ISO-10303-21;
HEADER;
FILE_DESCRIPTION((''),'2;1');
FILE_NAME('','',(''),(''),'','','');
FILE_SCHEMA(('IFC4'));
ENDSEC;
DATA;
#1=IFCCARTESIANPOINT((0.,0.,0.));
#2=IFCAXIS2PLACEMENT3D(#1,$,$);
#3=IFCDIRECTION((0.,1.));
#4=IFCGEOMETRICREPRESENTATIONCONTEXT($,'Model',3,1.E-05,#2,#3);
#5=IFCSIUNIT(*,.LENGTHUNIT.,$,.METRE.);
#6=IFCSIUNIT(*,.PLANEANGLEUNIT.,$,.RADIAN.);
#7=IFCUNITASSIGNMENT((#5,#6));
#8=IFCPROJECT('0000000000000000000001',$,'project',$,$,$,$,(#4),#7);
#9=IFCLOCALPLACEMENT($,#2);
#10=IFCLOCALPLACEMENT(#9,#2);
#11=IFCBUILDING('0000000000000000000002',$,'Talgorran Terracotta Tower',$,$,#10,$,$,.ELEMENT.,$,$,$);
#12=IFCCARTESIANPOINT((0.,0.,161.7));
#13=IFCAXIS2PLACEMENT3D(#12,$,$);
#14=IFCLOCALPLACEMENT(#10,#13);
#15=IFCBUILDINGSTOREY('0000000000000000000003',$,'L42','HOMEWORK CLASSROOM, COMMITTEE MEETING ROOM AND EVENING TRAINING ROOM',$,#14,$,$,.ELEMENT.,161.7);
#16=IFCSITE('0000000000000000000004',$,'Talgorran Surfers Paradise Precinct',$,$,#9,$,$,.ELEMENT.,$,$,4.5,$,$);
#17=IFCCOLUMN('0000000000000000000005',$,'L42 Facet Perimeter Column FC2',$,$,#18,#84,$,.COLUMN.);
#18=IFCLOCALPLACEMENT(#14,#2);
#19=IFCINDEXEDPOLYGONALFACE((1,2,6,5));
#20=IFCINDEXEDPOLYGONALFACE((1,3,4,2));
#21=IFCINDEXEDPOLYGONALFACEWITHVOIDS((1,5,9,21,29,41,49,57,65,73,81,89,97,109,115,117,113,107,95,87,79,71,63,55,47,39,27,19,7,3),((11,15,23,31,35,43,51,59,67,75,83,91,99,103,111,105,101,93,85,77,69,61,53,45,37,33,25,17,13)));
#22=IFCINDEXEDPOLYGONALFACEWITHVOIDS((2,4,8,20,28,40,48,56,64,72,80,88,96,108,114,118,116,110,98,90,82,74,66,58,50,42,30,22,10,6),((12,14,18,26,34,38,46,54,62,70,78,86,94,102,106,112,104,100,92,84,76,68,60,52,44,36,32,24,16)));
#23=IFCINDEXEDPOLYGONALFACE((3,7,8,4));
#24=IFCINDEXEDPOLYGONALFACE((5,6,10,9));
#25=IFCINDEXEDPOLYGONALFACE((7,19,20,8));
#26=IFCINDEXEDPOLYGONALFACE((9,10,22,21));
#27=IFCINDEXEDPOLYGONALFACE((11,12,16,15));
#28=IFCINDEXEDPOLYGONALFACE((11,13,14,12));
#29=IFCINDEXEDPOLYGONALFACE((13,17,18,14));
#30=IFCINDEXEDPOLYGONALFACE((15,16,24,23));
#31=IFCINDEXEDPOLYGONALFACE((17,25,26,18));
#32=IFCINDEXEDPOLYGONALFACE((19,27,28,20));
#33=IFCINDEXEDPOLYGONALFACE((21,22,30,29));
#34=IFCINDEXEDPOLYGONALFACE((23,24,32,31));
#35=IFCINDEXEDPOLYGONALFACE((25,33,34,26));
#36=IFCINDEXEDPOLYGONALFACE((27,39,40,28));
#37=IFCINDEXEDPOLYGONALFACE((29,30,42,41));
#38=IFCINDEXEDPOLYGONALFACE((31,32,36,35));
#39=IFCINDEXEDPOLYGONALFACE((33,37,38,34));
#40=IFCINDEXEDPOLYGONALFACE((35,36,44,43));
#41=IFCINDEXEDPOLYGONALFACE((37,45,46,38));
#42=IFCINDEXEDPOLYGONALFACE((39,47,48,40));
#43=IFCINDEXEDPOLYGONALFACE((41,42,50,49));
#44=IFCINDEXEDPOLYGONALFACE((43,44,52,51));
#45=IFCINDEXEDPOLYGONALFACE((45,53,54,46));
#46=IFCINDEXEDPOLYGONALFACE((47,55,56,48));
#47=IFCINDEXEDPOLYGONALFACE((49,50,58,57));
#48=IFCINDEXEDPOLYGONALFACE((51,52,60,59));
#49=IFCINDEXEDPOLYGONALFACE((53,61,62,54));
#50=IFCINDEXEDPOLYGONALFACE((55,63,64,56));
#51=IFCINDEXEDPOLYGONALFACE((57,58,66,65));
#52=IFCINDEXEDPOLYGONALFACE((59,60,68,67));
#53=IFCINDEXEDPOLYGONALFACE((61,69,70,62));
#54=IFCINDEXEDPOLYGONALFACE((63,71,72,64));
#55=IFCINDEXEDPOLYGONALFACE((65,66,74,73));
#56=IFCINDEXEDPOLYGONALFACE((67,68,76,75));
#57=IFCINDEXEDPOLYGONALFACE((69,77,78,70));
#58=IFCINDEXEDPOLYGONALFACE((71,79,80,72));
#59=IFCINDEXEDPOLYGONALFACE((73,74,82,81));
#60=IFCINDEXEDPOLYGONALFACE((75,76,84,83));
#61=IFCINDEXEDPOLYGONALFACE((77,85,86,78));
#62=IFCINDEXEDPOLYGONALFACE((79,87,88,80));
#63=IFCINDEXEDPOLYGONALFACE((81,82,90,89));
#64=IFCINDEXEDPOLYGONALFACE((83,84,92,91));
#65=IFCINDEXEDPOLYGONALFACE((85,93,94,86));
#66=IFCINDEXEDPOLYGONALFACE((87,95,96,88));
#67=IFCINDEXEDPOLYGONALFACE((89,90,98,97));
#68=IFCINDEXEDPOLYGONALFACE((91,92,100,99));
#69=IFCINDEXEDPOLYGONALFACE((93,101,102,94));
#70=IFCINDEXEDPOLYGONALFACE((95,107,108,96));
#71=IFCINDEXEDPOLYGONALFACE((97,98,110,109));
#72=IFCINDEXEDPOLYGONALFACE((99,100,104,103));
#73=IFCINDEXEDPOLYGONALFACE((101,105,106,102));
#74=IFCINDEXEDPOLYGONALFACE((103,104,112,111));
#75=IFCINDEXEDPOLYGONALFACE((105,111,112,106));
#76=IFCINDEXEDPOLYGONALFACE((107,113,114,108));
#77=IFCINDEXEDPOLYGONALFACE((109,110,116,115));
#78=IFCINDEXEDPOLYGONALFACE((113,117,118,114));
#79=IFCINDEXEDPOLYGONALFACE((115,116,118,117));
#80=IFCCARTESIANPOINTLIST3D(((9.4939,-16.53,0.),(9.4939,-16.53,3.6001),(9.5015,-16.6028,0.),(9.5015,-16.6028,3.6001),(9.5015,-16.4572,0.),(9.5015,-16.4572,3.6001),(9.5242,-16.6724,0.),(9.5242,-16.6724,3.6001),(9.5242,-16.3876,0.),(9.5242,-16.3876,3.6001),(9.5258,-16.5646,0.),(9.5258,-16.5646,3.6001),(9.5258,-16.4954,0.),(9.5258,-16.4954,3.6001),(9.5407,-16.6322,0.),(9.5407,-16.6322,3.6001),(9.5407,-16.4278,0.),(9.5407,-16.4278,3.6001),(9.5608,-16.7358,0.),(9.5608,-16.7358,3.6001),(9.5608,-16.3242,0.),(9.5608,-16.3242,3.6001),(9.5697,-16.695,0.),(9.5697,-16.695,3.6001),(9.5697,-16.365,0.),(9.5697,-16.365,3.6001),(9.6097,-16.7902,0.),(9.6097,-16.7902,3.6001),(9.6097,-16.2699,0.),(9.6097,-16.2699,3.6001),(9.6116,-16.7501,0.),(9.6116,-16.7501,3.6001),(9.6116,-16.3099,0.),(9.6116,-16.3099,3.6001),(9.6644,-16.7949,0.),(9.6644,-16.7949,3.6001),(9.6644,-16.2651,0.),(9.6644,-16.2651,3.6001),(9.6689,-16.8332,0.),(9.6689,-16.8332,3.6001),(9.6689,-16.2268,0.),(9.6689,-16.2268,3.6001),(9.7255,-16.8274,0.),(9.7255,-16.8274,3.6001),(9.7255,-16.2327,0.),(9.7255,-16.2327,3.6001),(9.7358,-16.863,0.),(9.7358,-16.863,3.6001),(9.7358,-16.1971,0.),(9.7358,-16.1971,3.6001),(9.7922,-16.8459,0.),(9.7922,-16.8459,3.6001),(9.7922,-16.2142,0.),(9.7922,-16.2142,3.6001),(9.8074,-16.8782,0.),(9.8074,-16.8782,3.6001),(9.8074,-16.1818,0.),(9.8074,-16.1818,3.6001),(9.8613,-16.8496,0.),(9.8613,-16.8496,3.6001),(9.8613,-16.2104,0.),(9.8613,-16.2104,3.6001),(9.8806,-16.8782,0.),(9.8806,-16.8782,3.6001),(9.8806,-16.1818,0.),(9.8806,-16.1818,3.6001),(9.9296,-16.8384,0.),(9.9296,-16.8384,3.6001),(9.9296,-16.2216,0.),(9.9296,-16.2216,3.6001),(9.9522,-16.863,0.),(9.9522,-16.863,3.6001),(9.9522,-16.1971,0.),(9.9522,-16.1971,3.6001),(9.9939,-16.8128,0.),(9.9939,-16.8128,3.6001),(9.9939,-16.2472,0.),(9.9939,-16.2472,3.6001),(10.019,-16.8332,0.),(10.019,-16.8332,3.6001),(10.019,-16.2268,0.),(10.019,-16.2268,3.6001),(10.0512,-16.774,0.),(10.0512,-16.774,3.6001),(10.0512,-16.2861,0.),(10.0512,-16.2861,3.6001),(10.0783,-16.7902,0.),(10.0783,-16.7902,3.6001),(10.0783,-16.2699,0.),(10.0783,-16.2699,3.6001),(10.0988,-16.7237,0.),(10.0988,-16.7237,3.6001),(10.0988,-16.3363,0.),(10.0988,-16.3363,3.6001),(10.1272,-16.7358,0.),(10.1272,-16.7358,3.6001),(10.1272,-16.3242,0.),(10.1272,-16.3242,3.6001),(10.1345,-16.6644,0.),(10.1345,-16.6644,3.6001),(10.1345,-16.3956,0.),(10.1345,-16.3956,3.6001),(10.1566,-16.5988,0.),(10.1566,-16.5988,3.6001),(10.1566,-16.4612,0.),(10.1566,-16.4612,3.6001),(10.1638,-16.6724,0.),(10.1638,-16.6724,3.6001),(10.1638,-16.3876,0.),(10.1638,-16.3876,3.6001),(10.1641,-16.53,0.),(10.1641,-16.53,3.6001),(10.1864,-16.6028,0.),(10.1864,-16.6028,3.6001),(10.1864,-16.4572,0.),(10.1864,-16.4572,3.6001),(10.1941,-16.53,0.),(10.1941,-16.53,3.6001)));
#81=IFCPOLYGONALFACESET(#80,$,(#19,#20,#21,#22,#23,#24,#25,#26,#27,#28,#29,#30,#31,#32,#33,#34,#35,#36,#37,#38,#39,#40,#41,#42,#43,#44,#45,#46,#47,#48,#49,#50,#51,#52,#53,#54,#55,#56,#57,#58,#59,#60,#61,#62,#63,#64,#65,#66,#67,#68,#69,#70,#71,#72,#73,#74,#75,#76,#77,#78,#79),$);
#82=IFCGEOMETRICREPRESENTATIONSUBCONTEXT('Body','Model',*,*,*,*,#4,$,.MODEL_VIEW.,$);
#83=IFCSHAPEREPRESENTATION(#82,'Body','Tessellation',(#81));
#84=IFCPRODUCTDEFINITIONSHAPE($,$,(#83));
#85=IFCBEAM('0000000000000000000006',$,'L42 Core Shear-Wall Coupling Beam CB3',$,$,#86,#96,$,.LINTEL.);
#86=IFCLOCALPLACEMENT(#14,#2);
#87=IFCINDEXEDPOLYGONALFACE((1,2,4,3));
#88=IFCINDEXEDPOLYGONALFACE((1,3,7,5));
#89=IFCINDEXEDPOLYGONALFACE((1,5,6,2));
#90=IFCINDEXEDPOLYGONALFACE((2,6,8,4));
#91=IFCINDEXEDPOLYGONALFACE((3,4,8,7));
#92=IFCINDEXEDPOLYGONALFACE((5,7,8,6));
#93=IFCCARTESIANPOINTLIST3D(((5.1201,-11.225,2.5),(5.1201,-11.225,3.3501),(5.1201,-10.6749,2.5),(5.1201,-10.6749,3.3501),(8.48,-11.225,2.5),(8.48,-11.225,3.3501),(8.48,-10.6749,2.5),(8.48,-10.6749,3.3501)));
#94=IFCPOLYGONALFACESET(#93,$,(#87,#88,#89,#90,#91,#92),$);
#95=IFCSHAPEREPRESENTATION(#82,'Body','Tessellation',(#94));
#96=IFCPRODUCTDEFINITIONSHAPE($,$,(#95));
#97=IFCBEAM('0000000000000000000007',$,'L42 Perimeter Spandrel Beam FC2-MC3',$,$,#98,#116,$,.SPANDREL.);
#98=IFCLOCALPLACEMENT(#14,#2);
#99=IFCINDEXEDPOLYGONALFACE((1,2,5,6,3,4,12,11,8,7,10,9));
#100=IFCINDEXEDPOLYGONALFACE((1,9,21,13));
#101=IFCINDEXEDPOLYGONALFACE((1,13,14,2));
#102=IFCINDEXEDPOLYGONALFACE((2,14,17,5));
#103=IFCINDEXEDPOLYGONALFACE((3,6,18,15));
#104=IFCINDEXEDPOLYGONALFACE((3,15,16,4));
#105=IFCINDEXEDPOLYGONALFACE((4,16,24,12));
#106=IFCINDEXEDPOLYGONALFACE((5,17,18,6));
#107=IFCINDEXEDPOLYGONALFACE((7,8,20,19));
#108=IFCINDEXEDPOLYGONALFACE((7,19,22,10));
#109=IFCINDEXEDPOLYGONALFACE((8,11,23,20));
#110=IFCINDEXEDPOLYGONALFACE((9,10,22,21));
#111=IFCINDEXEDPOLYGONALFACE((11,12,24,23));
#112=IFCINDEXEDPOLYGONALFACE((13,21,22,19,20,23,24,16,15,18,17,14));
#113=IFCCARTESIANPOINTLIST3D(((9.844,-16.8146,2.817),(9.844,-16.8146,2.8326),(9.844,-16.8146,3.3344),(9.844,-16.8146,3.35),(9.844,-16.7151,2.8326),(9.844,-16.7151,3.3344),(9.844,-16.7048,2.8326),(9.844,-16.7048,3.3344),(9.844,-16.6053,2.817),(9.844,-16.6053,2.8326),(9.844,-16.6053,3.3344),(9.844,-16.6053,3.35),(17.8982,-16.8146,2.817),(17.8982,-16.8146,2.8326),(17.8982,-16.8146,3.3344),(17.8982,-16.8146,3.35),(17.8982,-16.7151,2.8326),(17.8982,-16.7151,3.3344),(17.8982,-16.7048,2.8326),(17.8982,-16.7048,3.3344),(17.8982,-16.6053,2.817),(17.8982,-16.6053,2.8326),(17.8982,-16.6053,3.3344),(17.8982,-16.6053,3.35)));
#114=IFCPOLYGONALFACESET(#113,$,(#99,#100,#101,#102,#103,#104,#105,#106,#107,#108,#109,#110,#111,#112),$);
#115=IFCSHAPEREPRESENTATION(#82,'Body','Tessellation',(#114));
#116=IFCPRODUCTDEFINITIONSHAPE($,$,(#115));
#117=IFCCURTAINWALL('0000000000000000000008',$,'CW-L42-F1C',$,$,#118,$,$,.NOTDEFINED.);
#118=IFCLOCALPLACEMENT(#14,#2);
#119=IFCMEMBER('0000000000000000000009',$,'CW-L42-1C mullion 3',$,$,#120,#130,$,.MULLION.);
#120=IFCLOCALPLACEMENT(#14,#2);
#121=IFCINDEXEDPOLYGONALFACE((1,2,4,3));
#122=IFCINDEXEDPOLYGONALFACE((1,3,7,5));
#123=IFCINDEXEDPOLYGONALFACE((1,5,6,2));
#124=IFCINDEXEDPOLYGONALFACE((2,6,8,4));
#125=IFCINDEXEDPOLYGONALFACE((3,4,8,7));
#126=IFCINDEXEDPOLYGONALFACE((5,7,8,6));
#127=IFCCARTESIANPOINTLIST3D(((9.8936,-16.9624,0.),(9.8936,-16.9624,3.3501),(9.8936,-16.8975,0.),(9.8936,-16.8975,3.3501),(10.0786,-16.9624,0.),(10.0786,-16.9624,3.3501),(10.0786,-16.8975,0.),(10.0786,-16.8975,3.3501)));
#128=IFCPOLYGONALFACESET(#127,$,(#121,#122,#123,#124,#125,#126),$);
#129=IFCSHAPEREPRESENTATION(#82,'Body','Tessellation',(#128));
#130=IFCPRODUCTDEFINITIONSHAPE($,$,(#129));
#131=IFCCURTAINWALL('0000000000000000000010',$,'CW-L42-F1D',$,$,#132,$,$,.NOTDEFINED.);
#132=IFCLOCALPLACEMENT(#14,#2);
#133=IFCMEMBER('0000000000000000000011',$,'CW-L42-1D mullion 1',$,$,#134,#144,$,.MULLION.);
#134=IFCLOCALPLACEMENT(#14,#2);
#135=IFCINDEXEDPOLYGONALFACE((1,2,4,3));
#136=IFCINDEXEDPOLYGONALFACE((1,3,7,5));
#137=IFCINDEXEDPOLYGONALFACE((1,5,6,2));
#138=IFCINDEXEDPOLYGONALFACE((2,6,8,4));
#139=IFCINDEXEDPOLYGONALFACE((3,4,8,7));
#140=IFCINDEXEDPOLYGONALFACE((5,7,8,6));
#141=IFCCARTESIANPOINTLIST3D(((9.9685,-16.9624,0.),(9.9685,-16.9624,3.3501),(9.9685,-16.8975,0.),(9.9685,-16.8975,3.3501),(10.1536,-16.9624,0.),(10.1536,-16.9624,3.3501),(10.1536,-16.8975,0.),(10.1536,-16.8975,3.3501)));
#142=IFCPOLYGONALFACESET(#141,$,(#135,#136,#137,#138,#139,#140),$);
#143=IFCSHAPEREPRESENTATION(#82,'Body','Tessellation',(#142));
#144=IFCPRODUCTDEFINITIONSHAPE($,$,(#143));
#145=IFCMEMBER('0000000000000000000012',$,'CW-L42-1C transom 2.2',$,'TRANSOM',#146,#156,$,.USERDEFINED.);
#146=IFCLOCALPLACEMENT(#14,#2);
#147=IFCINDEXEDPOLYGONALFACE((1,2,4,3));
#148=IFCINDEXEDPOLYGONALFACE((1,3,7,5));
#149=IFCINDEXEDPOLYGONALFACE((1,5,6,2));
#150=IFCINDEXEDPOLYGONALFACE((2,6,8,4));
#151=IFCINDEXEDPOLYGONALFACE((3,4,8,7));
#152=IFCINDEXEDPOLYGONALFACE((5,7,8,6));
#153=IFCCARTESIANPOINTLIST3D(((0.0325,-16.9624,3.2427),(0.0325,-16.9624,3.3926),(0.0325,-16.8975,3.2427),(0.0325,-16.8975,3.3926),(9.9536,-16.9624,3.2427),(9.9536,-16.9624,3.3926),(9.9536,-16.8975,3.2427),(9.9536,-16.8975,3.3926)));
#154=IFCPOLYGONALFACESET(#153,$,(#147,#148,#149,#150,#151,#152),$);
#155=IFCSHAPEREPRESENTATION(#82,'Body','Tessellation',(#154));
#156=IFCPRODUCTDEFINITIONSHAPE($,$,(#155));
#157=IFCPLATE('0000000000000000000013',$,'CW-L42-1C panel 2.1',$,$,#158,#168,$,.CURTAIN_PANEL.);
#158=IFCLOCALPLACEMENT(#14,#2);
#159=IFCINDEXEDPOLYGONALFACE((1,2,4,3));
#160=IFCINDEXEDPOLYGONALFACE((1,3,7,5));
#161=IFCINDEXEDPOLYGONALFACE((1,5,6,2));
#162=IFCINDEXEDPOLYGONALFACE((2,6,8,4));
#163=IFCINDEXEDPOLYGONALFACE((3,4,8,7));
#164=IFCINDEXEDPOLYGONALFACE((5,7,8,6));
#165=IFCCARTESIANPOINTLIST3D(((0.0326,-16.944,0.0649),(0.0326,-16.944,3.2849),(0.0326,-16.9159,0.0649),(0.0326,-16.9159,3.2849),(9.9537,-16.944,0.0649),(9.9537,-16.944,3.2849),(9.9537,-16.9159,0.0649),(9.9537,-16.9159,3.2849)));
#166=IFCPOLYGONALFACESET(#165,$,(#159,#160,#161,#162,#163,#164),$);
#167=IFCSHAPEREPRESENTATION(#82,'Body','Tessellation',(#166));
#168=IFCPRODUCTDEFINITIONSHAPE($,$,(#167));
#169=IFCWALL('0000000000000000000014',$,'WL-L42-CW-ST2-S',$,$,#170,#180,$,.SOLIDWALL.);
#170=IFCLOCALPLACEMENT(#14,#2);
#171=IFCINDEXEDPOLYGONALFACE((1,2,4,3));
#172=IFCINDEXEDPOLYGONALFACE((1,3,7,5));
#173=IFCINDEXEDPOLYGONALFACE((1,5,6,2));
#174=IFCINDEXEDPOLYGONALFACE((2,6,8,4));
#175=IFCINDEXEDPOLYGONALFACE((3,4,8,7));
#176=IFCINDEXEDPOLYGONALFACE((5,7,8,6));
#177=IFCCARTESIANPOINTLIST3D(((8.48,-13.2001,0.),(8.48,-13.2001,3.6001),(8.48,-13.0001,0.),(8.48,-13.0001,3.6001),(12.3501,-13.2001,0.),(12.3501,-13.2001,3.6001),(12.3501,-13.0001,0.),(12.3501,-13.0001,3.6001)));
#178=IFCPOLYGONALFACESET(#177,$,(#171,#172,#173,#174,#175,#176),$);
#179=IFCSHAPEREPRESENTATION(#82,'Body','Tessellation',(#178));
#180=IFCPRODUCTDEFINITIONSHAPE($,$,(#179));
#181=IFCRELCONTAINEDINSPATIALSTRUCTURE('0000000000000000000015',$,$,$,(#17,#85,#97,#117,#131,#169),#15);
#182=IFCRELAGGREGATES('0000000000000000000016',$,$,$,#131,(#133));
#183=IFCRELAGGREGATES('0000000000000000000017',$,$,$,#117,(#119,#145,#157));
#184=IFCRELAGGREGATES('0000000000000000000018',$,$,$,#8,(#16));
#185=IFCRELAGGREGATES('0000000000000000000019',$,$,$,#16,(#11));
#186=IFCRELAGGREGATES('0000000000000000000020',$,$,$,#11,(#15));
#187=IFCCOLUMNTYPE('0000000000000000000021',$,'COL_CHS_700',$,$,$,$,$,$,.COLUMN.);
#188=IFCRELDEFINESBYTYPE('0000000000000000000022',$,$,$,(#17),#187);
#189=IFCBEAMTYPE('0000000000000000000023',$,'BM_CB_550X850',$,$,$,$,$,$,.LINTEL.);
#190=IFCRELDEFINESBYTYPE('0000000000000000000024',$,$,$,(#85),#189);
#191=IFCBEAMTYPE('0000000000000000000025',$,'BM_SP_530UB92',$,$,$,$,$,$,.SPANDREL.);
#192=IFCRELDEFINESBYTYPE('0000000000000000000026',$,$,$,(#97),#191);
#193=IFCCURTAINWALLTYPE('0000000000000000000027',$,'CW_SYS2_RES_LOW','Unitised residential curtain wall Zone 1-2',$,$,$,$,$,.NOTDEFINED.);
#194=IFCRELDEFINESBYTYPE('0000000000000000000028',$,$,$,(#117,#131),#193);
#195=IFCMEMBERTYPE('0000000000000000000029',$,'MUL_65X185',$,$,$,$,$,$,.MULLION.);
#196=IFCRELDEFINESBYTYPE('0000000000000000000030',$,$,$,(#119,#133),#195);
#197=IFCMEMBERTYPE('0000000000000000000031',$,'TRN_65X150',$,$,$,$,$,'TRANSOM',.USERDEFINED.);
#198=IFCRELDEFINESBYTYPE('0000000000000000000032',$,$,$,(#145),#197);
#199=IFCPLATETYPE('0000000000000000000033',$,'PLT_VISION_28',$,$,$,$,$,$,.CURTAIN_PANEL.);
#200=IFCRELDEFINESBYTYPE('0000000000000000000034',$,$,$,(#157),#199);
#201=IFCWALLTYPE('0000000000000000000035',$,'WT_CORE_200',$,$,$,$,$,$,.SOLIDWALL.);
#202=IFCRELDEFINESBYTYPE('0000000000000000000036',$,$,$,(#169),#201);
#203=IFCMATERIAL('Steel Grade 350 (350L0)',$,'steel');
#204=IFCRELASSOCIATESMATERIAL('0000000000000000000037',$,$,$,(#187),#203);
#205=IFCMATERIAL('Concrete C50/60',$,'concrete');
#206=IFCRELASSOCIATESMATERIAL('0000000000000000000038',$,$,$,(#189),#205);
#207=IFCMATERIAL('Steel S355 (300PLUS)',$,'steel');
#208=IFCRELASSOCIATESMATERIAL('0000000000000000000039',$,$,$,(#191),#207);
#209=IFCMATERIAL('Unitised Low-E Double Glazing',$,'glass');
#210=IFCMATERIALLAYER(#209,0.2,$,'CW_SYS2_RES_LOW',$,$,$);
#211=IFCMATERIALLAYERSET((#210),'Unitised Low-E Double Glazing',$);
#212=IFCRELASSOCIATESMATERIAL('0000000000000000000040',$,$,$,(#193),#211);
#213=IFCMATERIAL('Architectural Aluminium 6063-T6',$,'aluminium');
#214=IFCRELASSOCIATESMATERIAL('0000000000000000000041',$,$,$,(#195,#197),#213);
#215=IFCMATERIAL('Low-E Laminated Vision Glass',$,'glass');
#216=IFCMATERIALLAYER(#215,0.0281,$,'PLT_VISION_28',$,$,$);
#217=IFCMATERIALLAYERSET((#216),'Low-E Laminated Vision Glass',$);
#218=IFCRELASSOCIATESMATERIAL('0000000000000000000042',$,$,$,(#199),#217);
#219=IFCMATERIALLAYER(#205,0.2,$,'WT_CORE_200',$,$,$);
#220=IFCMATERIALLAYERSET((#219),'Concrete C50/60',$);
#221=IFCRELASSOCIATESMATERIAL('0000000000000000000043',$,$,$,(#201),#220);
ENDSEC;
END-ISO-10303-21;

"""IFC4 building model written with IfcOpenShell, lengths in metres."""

from ifc_helpers import new_model, si_unit, direction, frame, frame_2d, origin, origin_2d, place, context, subcontext, project, spatial, rectangle, hollow_circle, i_section, extrude, source, transform, mapped, material, layer, layer_set, material_profile, profile_set, type_object, type_shapes, element, aggregate, save


model = new_model("IFC4")

# Units and contexts
model_context = context("Model", 3, precision=1e-05, world=origin(), true_north=direction((0.0, 1.0)))
body_context = subcontext(model_context, "Body", "Model", "MODEL_VIEW")
ifc_project = project(units=[si_unit("LENGTHUNIT", "METRE"), si_unit("PLANEANGLEUNIT", "RADIAN")], contexts=[model_context])

# Site, building, storey
site_placement = place(None, origin())
site = spatial("IfcSite", under=ifc_project, at=site_placement, Name="Talgorran Surfers Paradise Precinct", CompositionType="ELEMENT", RefElevation=4.5)
building_placement = place(site_placement, origin())
building = spatial("IfcBuilding", under=site, at=building_placement, Name="Talgorran Terracotta Tower", CompositionType="ELEMENT")
storey_placement = place(building_placement, frame((0.0, 0.0, 161.7)))
storey = spatial("IfcBuildingStorey", under=building, at=storey_placement, Name="L42", Description="HOMEWORK CLASSROOM, COMMITTEE MEETING ROOM AND EVENING TRAINING ROOM", CompositionType="ELEMENT", Elevation=161.7)

# Column
ifc_material_1 = material(Name="Steel Grade 350 (350L0)", Category="steel")
ifc_material_profile_1 = material_profile(ifc_material_1, hollow_circle(Radius=0.3501, WallThickness=0.03, at=origin_2d()), Name="CHS700X30")
ifc_profile_set_1 = profile_set([ifc_material_profile_1], Name="Steel Grade 350 (350L0)")
column_type = type_object("IfcColumnType", Name="COL_CHS_700", PredefinedType="COLUMN", material=ifc_profile_set_1)
column_placement = place(storey_placement, frame((9.844, -16.53, 0.0), z_axis=(0.0, 0.0, 1.0), x_axis=(1.0, 0.0, 0.0)))
element("IfcColumn", 1, at=column_placement, inside=storey, type_object=column_type, Name="L42 Facet Perimeter Column FC2", PredefinedType="COLUMN", context=body_context, shape_type="SweptSolid", body=[
    extrude(hollow_circle(Radius=0.3501, WallThickness=0.03, at=origin_2d()), origin(), (0.0, 0.0, 1.0), 3.6001),
])

# Beams
ifc_material_2 = material(Name="Concrete C50/60", Category="concrete")
ifc_material_profile_2 = material_profile(ifc_material_2, rectangle(XDim=0.55, YDim=0.8501, at=origin_2d()), Name="RCCB550X850")
ifc_profile_set_2 = profile_set([ifc_material_profile_2], Name="Concrete C50/60")
beam_type_1 = type_object("IfcBeamType", Name="BM_CB_550X850", PredefinedType="LINTEL", material=ifc_profile_set_2)
beam_1_placement = place(storey_placement, frame((5.1201, -10.95, 2.925), z_axis=(1.0, 0.0, 0.0), x_axis=(0.0, 1.0, 0.0)))
element("IfcBeam", 2, at=beam_1_placement, inside=storey, type_object=beam_type_1, Name="L42 Core Shear-Wall Coupling Beam CB3", PredefinedType="LINTEL", context=body_context, shape_type="SweptSolid", body=[
    extrude(rectangle(XDim=0.55, YDim=0.8501, at=origin_2d()), origin(), (0.0, 0.0, 1.0), 3.3599),
])
ifc_material_3 = material(Name="Steel S355 (300PLUS)", Category="steel")
ifc_material_profile_3 = material_profile(ifc_material_3, i_section(OverallWidth=0.2092, OverallDepth=0.533, WebThickness=0.0103, FlangeThickness=0.0156, at=origin_2d()), Name="530UB92.4")
ifc_profile_set_3 = profile_set([ifc_material_profile_3], Name="Steel S355 (300PLUS)")
beam_type_2 = type_object("IfcBeamType", Name="BM_SP_530UB92", PredefinedType="SPANDREL", material=ifc_profile_set_3)
beam_2_placement = place(storey_placement, frame((9.844, -16.71, 3.0835), z_axis=(1.0, 0.0, 0.0), x_axis=(0.0, 1.0, 0.0)))
element("IfcBeam", 3, at=beam_2_placement, inside=storey, type_object=beam_type_2, Name="L42 Perimeter Spandrel Beam FC2-MC3", PredefinedType="SPANDREL", context=body_context, shape_type="SweptSolid", body=[
    extrude(i_section(OverallWidth=0.2092, OverallDepth=0.533, WebThickness=0.0103, FlangeThickness=0.0156, at=origin_2d()), origin(), (0.0, 0.0, 1.0), 8.0542),
])

# Curtain walls, members
ifc_material_4 = material(Name="Unitised Low-E Double Glazing", Category="glass")
ifc_layer_1 = layer(ifc_material_4, 0.2, Name="CW_SYS2_RES_LOW")
ifc_layer_set_1 = layer_set([ifc_layer_1], Name="Unitised Low-E Double Glazing")
curtain_wall_type = type_object("IfcCurtainWallType", Name="CW_SYS2_RES_LOW", Description="Unitised residential curtain wall Zone 1-2", PredefinedType="NOTDEFINED", material=ifc_layer_set_1)
curtain_wall_1_placement = place(storey_placement, origin())
curtain_wall_1 = element("IfcCurtainWall", 4, at=curtain_wall_1_placement, inside=storey, type_object=curtain_wall_type, Name="CW-L42-F1C", PredefinedType="NOTDEFINED")
ifc_material_5 = material(Name="Architectural Aluminium 6063-T6", Category="aluminium")
ifc_material_profile_4 = material_profile(ifc_material_5, rectangle(XDim=0.0649, YDim=0.1851, at=origin_2d()), Name="CWM65X185")
ifc_profile_set_4 = profile_set([ifc_material_profile_4], Name="Architectural Aluminium 6063-T6")
member_type_1 = type_object("IfcMemberType", Name="MUL_65X185", PredefinedType="MULLION", material=ifc_profile_set_4)
member_1_placement = place(storey_placement, frame((9.9861, -16.9299, 0.0), z_axis=(0.0, 0.0, 1.0), x_axis=(0.0, 1.0, 0.0)))
member_1 = element("IfcMember", 5, at=member_1_placement, type_object=member_type_1, Name="CW-L42-1C mullion 3", PredefinedType="MULLION", context=body_context, shape_type="SweptSolid", body=[
    extrude(rectangle(XDim=0.0649, YDim=0.1851, at=origin_2d()), origin(), (0.0, 0.0, 1.0), 3.3501),
])
curtain_wall_2_placement = place(storey_placement, origin())
curtain_wall_2 = element("IfcCurtainWall", 6, at=curtain_wall_2_placement, inside=storey, type_object=curtain_wall_type, Name="CW-L42-F1D", PredefinedType="NOTDEFINED")
member_2_placement = place(storey_placement, frame((10.061, -16.9299, 0.0), z_axis=(0.0, 0.0, 1.0), x_axis=(0.0, 1.0, 0.0)))
member_2 = element("IfcMember", 7, at=member_2_placement, type_object=member_type_1, Name="CW-L42-1D mullion 1", PredefinedType="MULLION", context=body_context, shape_type="SweptSolid", body=[
    extrude(rectangle(XDim=0.0649, YDim=0.1851, at=origin_2d()), origin(), (0.0, 0.0, 1.0), 3.3501),
])
aggregate(curtain_wall_2, [member_2])

# Member
ifc_material_profile_5 = material_profile(ifc_material_5, rectangle(XDim=0.0649, YDim=0.1499, at=origin_2d()), Name="CWT65X150")
ifc_profile_set_5 = profile_set([ifc_material_profile_5], Name="Architectural Aluminium 6063-T6")
member_type_2 = type_object("IfcMemberType", Name="TRN_65X150", ElementType="TRANSOM", PredefinedType="USERDEFINED", material=ifc_profile_set_5)
member_3_placement = place(storey_placement, frame((0.0325, -16.9299, 3.3176), z_axis=(1.0, 0.0, 0.0), x_axis=(0.0, 1.0, 0.0)))
member_3 = element("IfcMember", 8, at=member_3_placement, type_object=member_type_2, Name="CW-L42-1C transom 2.2", ObjectType="TRANSOM", PredefinedType="USERDEFINED", context=body_context, shape_type="SweptSolid", body=[
    extrude(rectangle(XDim=0.0649, YDim=0.1499, at=origin_2d()), origin(), (0.0, 0.0, 1.0), 9.9211),
])

# Plate
ifc_material_6 = material(Name="Low-E Laminated Vision Glass", Category="glass")
ifc_layer_2 = layer(ifc_material_6, 0.0281, Name="PLT_VISION_28")
ifc_layer_set_2 = layer_set([ifc_layer_2], Name="Low-E Laminated Vision Glass")
plate_type = type_object("IfcPlateType", Name="PLT_VISION_28", PredefinedType="CURTAIN_PANEL", material=ifc_layer_set_2)
shared_shape = source(origin(), body_context, "Body", "SweptSolid", [
    extrude(rectangle(XDim=9.9211, YDim=0.0281, at=origin_2d()), origin(), (0.0, 0.0, 1.0), 3.22),
])
type_shapes(plate_type, [shared_shape])
plate_placement = place(storey_placement, frame((4.9932, -16.9299, 0.0649), z_axis=(0.0, 0.0, 1.0), x_axis=(1.0, 0.0, 0.0)))
plate = element("IfcPlate", 9, at=plate_placement, type_object=plate_type, Name="CW-L42-1C panel 2.1", PredefinedType="CURTAIN_PANEL", context=body_context, shape_type="MappedRepresentation", body=[
    mapped(shared_shape, transform((0.0, 0.0, 0.0), scale=1.0)),
])
aggregate(curtain_wall_1, [member_1, member_3, plate])

# Wall
ifc_layer_3 = layer(ifc_material_2, 0.2, Name="WT_CORE_200")
ifc_layer_set_3 = layer_set([ifc_layer_3], Name="Concrete C50/60")
wall_type_1 = type_object("IfcWallType", Name="WT_CORE_200", PredefinedType="SOLIDWALL", material=ifc_layer_set_3)
wall_1_placement = place(storey_placement, frame((8.48, -13.1001, 0.0), z_axis=(0.0, 0.0, 1.0), x_axis=(1.0, 0.0, 0.0)))
element("IfcWall", 10, at=wall_1_placement, inside=storey, type_object=wall_type_1, Name="WL-L42-CW-ST2-S", PredefinedType="SOLIDWALL", context=body_context, shape_type="SweptSolid", body=[
    extrude(rectangle(XDim=3.8701, YDim=0.2, at=frame_2d((1.9351, 0.0))), origin(), (0.0, 0.0, 1.0), 3.6001),
])

save(model, "model.ifc")
